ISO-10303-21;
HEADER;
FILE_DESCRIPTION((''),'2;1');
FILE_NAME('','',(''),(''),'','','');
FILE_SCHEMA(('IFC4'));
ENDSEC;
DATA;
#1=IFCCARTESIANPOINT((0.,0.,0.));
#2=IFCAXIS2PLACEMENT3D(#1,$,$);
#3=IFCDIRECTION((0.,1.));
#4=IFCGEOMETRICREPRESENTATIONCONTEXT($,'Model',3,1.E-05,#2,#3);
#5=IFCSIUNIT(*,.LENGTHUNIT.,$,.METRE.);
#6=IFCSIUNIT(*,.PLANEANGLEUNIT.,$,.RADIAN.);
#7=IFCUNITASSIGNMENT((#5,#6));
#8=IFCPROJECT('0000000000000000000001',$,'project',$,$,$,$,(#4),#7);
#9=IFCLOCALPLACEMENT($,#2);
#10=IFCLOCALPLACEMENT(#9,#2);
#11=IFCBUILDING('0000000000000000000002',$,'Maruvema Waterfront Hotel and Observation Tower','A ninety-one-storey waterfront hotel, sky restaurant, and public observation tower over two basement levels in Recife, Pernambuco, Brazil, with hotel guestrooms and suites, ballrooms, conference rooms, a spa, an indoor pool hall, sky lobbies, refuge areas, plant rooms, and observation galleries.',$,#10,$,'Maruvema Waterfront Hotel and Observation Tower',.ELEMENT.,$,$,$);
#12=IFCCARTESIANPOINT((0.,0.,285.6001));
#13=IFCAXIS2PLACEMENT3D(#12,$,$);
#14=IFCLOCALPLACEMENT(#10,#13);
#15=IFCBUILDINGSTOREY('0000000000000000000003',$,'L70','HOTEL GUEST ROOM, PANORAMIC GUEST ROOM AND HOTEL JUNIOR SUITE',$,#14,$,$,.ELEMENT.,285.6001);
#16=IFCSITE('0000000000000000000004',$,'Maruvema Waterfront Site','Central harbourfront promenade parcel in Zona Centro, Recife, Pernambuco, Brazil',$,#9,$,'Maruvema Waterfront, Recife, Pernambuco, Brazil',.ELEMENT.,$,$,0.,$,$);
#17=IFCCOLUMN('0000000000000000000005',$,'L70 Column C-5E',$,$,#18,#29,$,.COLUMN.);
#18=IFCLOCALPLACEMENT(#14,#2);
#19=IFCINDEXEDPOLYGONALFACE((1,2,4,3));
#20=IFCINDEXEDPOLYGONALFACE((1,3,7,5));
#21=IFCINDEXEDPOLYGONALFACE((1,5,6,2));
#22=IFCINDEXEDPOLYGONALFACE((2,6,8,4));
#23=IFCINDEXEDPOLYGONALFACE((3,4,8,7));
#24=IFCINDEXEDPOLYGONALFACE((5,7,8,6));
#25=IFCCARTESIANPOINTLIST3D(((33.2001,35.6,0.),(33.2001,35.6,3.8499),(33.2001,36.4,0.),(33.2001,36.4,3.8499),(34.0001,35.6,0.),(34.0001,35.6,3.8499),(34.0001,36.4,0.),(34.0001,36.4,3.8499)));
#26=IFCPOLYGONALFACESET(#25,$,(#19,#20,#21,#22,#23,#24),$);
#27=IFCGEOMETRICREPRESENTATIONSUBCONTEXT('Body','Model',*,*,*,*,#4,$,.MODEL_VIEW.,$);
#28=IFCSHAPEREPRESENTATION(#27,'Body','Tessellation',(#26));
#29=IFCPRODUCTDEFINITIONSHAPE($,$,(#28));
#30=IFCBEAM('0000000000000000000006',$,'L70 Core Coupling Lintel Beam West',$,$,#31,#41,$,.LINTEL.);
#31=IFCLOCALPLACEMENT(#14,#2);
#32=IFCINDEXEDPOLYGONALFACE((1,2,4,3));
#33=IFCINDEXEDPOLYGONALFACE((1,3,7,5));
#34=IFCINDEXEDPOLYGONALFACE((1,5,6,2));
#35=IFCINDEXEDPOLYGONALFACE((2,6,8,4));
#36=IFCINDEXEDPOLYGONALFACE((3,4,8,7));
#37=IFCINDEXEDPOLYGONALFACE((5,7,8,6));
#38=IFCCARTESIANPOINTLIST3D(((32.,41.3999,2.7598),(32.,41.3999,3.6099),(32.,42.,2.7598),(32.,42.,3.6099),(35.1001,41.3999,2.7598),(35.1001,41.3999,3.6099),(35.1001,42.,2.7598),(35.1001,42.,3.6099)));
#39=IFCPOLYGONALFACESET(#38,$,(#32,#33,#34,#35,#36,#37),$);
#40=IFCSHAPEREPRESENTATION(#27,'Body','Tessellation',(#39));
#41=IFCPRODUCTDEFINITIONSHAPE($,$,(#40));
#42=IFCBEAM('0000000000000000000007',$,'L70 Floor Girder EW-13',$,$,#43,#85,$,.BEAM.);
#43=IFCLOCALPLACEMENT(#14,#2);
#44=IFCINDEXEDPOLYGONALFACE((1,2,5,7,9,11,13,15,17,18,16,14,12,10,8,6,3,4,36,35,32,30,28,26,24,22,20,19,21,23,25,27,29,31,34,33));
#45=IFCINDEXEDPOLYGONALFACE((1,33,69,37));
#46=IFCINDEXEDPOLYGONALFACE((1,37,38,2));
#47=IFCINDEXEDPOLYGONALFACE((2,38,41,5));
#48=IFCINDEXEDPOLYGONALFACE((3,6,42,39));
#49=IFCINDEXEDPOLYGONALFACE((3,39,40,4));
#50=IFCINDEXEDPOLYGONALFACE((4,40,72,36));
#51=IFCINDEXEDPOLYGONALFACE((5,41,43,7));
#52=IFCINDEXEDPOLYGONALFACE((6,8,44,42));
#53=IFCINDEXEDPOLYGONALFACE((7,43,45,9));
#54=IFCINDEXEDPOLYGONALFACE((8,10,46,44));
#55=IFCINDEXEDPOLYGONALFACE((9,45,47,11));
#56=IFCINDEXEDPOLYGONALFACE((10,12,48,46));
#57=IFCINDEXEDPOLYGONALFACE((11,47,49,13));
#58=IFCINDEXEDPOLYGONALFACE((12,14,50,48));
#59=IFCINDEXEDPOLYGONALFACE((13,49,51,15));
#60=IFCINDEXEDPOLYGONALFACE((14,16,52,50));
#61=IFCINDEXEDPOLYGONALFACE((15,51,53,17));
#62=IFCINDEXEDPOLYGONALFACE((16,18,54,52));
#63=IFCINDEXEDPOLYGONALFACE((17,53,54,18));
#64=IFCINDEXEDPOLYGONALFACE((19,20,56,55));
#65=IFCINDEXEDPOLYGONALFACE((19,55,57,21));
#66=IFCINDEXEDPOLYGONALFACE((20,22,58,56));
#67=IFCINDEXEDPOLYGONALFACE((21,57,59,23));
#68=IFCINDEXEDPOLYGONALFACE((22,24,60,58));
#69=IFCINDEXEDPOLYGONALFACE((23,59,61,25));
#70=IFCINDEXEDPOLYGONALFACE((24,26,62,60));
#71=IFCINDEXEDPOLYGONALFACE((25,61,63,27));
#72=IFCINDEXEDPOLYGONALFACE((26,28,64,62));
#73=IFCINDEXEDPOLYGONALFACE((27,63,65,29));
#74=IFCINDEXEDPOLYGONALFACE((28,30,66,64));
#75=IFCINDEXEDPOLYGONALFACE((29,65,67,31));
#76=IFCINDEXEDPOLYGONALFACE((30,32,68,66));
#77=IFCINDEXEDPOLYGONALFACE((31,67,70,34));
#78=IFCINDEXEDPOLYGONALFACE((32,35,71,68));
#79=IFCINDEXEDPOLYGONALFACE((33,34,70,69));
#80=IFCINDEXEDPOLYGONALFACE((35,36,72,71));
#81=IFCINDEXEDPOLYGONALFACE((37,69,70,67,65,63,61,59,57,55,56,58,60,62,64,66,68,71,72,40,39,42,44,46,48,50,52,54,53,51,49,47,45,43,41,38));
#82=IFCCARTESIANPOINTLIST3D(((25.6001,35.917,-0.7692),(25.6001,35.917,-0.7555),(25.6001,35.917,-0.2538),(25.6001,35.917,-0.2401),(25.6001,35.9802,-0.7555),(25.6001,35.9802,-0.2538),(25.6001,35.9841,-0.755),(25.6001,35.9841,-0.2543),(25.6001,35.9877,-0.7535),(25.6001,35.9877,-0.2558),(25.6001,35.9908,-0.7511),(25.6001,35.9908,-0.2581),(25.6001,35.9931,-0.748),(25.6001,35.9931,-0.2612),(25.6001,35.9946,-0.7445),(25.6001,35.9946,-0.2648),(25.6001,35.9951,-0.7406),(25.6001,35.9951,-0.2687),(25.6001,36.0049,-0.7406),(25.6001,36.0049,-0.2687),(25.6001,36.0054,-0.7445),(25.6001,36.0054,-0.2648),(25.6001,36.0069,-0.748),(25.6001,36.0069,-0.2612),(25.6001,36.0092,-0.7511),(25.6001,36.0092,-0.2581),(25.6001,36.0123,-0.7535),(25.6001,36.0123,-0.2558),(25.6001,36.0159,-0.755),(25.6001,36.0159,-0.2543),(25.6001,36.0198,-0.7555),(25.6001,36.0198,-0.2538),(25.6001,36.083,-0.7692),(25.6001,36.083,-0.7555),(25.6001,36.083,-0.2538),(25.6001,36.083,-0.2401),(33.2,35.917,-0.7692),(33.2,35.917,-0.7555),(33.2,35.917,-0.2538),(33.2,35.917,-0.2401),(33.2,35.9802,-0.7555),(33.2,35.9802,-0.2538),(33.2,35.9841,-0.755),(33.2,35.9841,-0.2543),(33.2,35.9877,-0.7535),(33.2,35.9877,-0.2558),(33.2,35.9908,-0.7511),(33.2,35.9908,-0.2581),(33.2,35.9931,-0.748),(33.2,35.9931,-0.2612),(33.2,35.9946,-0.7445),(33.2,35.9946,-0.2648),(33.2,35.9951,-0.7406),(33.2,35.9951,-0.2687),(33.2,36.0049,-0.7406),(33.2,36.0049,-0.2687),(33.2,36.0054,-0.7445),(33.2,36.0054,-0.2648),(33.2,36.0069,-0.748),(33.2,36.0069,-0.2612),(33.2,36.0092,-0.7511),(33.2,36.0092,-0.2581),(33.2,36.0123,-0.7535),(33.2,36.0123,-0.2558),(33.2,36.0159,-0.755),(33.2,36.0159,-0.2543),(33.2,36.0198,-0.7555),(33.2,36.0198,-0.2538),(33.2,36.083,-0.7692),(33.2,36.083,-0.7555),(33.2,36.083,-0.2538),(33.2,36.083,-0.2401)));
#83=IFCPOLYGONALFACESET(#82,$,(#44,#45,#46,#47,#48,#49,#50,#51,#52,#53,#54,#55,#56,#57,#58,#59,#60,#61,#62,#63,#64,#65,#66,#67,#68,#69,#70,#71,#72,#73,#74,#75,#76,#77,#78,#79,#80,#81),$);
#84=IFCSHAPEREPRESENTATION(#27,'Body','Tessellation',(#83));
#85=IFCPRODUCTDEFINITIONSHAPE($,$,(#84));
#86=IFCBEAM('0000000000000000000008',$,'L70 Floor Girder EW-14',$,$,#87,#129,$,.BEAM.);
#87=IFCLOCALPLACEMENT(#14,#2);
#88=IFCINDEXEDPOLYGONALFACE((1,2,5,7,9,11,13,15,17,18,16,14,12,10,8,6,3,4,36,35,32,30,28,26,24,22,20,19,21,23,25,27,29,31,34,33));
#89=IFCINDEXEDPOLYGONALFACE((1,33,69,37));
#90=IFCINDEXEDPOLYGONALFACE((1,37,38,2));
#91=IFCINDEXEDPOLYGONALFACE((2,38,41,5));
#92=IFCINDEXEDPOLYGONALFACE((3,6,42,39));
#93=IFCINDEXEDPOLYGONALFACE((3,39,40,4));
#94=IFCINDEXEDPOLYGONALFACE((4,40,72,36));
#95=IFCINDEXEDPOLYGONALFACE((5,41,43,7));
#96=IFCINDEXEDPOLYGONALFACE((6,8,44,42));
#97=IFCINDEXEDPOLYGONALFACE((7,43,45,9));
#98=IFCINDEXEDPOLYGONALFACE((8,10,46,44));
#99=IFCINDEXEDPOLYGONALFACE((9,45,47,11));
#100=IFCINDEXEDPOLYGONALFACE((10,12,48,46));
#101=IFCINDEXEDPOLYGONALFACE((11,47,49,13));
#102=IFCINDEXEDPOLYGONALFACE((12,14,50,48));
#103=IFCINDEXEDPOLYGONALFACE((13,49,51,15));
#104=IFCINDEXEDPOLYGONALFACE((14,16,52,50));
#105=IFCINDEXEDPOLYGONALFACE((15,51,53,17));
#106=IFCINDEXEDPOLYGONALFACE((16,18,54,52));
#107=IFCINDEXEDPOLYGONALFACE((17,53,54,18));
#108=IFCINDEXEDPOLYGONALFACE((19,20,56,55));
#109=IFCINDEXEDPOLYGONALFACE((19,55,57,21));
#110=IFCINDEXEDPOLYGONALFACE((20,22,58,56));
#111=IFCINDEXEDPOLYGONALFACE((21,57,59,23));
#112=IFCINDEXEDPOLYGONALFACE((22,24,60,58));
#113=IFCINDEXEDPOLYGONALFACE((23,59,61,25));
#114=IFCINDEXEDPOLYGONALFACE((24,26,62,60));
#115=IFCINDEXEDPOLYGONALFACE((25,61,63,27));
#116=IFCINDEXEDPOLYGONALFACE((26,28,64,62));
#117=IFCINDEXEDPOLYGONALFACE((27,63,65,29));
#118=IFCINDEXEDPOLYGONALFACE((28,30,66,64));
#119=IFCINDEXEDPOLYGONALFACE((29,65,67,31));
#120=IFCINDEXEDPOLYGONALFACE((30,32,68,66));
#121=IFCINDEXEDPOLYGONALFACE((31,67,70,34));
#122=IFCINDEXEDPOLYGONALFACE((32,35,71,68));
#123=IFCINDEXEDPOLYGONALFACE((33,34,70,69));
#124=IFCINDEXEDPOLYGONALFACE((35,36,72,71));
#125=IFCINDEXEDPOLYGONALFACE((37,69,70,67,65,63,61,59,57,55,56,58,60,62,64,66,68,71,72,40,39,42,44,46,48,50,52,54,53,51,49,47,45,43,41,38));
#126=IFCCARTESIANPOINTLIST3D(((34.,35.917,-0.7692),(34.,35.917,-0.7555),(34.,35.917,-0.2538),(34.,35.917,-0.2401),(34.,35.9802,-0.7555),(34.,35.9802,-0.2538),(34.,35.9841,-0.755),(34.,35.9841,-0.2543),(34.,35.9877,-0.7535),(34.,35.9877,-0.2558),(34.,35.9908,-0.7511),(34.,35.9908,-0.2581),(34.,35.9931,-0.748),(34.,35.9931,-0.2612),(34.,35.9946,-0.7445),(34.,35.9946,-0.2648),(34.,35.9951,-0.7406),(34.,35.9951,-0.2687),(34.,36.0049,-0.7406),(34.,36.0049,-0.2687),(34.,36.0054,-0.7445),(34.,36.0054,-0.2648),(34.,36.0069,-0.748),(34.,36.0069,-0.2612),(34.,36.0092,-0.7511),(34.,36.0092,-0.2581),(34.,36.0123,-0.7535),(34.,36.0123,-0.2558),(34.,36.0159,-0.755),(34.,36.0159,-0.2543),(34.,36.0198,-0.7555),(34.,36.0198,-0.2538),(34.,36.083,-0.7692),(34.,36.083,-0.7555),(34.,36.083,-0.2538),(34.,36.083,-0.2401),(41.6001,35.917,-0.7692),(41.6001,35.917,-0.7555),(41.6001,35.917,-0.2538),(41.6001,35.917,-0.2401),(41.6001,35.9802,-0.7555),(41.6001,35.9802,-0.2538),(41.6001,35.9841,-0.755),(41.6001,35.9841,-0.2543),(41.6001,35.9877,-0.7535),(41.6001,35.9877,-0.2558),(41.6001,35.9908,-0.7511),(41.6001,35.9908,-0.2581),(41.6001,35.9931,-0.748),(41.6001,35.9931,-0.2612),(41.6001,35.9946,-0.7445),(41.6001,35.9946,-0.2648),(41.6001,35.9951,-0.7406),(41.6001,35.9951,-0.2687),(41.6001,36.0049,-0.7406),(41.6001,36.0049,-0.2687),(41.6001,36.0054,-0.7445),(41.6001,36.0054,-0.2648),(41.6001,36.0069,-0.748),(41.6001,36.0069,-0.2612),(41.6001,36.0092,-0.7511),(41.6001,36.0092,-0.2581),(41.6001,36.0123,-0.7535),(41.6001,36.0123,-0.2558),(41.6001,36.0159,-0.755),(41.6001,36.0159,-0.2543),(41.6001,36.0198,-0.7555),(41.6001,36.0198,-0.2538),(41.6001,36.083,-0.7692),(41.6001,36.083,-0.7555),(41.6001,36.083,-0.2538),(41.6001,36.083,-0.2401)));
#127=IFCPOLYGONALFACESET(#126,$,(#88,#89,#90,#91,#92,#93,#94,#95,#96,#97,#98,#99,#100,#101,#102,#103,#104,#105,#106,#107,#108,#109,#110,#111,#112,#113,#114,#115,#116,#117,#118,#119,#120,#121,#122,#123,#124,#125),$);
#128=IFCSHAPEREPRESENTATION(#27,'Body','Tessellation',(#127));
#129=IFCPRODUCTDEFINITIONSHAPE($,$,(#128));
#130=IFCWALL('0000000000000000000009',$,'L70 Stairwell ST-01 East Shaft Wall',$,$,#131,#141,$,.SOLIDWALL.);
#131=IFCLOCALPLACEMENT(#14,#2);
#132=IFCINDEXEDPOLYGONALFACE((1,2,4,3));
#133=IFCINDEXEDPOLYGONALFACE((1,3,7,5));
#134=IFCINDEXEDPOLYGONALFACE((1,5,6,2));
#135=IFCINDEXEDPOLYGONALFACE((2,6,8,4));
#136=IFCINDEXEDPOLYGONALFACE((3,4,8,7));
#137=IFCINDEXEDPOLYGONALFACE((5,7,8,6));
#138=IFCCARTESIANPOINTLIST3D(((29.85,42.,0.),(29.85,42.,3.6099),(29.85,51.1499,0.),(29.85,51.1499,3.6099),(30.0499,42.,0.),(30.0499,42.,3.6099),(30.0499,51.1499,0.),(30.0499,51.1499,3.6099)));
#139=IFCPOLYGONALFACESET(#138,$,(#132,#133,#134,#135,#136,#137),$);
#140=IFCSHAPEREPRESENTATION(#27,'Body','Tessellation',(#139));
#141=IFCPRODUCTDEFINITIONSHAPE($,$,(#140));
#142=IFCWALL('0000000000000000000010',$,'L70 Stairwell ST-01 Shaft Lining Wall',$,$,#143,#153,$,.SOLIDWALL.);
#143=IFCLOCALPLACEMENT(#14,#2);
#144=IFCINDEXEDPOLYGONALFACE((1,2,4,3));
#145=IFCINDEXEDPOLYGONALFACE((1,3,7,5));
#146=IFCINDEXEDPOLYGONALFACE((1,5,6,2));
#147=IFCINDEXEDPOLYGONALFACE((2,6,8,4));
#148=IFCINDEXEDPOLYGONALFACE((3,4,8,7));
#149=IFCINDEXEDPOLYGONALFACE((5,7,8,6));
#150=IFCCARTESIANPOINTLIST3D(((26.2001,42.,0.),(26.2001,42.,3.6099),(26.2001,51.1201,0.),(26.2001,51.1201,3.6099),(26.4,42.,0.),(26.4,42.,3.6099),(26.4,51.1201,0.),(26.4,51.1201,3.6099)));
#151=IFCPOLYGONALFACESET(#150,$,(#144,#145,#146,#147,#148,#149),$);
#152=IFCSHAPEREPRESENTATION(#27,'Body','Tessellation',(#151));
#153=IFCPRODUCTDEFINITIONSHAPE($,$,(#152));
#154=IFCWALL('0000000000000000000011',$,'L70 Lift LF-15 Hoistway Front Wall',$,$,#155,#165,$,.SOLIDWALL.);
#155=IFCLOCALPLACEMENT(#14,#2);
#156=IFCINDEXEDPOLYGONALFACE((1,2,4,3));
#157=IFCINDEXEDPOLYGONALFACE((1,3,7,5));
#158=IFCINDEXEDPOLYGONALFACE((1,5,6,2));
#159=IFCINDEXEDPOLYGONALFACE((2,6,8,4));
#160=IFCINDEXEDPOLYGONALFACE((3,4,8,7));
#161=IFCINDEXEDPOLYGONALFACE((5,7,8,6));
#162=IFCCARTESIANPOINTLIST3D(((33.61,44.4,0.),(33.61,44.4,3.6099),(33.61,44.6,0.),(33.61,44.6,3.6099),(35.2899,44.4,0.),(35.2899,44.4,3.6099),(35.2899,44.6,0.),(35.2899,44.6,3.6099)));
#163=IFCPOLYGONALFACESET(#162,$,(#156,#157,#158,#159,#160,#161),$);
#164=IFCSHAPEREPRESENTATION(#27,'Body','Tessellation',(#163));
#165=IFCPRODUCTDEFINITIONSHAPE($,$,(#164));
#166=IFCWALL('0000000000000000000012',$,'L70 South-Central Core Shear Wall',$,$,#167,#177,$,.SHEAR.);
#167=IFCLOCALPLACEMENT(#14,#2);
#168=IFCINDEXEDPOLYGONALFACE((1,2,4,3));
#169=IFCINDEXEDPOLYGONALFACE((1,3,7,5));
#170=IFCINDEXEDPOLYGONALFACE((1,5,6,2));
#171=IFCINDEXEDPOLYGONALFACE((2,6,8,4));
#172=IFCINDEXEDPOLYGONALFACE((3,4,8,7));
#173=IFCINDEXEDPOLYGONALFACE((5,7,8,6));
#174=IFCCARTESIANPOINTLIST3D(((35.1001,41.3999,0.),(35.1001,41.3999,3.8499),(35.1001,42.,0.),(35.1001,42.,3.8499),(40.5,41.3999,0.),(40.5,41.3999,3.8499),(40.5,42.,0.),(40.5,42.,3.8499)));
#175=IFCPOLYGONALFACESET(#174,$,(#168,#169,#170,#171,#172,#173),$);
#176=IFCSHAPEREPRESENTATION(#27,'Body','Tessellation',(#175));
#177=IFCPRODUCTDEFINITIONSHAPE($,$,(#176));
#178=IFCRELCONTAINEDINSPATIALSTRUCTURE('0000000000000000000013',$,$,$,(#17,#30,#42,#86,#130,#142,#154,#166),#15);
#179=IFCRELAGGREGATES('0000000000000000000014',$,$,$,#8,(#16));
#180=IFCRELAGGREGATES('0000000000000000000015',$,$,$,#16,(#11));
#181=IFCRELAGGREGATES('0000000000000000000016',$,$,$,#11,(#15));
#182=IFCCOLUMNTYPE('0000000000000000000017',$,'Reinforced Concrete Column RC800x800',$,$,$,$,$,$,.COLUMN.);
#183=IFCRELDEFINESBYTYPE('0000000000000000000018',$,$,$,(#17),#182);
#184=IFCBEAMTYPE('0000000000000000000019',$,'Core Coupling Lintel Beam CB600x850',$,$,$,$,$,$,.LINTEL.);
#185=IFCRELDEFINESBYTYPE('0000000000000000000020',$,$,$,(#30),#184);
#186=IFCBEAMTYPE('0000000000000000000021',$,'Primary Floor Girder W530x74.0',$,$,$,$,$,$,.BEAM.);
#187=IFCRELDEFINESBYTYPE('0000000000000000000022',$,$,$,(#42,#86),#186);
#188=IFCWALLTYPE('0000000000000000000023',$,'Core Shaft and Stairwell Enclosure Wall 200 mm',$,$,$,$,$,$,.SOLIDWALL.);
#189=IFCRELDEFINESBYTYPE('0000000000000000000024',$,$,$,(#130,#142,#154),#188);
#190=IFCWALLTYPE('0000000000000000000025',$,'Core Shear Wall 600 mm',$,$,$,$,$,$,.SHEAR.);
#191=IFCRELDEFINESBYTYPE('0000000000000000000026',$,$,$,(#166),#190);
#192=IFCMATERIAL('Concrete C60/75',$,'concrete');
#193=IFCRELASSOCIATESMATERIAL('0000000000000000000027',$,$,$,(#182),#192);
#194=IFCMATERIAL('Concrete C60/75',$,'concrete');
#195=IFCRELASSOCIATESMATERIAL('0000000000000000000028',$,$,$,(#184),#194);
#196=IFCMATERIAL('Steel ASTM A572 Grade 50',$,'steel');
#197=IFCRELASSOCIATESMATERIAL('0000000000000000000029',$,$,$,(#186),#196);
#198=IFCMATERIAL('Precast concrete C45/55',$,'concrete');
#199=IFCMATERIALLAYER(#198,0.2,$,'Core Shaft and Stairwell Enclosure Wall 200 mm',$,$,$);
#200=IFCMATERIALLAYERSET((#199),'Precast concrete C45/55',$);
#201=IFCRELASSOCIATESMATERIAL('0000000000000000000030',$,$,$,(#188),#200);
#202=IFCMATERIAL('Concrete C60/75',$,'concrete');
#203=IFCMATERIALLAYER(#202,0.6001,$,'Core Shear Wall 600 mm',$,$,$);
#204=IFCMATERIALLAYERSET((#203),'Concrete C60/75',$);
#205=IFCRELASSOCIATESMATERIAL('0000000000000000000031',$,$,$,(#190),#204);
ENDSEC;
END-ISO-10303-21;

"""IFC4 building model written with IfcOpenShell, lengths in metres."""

from ifc_helpers import new_model, si_unit, direction, frame, frame_2d, origin, origin_2d, place, context, subcontext, project, spatial, rectangle, i_section, extrude, material, layer, layer_set, material_profile, profile_set, type_object, element, save


model = new_model("IFC4")

# Units and contexts
model_context = context("Model", 3, precision=1e-05, world=origin(), true_north=direction((0.0, 1.0)))
body_context = subcontext(model_context, "Body", "Model", "MODEL_VIEW")
ifc_project = project(units=[si_unit("LENGTHUNIT", "METRE"), si_unit("PLANEANGLEUNIT", "RADIAN")], contexts=[model_context])

# Site, building, storey
site_placement = place(None, origin())
site = spatial("IfcSite", under=ifc_project, at=site_placement, Name="Maruvema Waterfront Site", Description="Central harbourfront promenade parcel in Zona Centro, Recife, Pernambuco, Brazil", LongName="Maruvema Waterfront, Recife, Pernambuco, Brazil", CompositionType="ELEMENT", RefElevation=0.0)
building_placement = place(site_placement, origin())
building = spatial("IfcBuilding", under=site, at=building_placement, Name="Maruvema Waterfront Hotel and Observation Tower", Description="A ninety-one-storey waterfront hotel, sky restaurant, and public observation tower over two basement levels in Recife, Pernambuco, Brazil, with hotel guestrooms and suites, ballrooms, conference rooms, a spa, an indoor pool hall, sky lobbies, refuge areas, plant rooms, and observation galleries.", LongName="Maruvema Waterfront Hotel and Observation Tower", CompositionType="ELEMENT")
storey_placement = place(building_placement, frame((0.0, 0.0, 285.6001)))
storey = spatial("IfcBuildingStorey", under=building, at=storey_placement, Name="L70", Description="HOTEL GUEST ROOM, PANORAMIC GUEST ROOM AND HOTEL JUNIOR SUITE", CompositionType="ELEMENT", Elevation=285.6001)

# Column
ifc_material_1 = material(Name="Concrete C60/75", Category="concrete")
ifc_material_profile_1 = material_profile(ifc_material_1, rectangle(XDim=0.8, YDim=0.8, at=origin_2d()), Name="RC800x800")
ifc_profile_set_1 = profile_set([ifc_material_profile_1], Name="Concrete C60/75")
column_type = type_object("IfcColumnType", Name="Reinforced Concrete Column RC800x800", PredefinedType="COLUMN", material=ifc_profile_set_1)
column_placement = place(storey_placement, frame((33.6001, 36.0, 0.0), z_axis=(0.0, 0.0, 1.0), x_axis=(1.0, 0.0, 0.0)))
element("IfcColumn", 1, at=column_placement, inside=storey, type_object=column_type, Name="L70 Column C-5E", PredefinedType="COLUMN", context=body_context, shape_type="SweptSolid", body=[
    extrude(rectangle(XDim=0.8, YDim=0.8, at=origin_2d()), origin(), (0.0, 0.0, 1.0), 3.8499),
])

# Beams
ifc_material_2 = material(Name="Concrete C60/75", Category="concrete")
ifc_material_profile_2 = material_profile(ifc_material_2, rectangle(XDim=0.6001, YDim=0.8501, at=origin_2d()), Name="CB600x850")
ifc_profile_set_2 = profile_set([ifc_material_profile_2], Name="Concrete C60/75")
beam_type_1 = type_object("IfcBeamType", Name="Core Coupling Lintel Beam CB600x850", PredefinedType="LINTEL", material=ifc_profile_set_2)
beam_1_placement = place(storey_placement, frame((32.0, 41.7, 3.1848), z_axis=(1.0, 0.0, 0.0), x_axis=(0.0, 1.0, 0.0)))
element("IfcBeam", 2, at=beam_1_placement, inside=storey, type_object=beam_type_1, Name="L70 Core Coupling Lintel Beam West", PredefinedType="LINTEL", context=body_context, shape_type="SweptSolid", body=[
    extrude(rectangle(XDim=0.6001, YDim=0.8501, at=origin_2d()), origin(), (0.0, 0.0, 1.0), 3.1001),
])
ifc_material_3 = material(Name="Steel ASTM A572 Grade 50", Category="steel")
ifc_material_profile_3 = material_profile(ifc_material_3, i_section(OverallWidth=0.166, OverallDepth=0.5291, WebThickness=0.0098, FlangeThickness=0.0137, FilletRadius=0.0149, at=origin_2d()), Name="W530x74.0")
ifc_profile_set_3 = profile_set([ifc_material_profile_3], Name="Steel ASTM A572 Grade 50")
beam_type_2 = type_object("IfcBeamType", Name="Primary Floor Girder W530x74.0", PredefinedType="BEAM", material=ifc_profile_set_3)
beam_2_placement = place(storey_placement, frame((25.6001, 36.0, -0.5046), z_axis=(1.0, 0.0, 0.0), x_axis=(0.0, 1.0, 0.0)))
element("IfcBeam", 3, at=beam_2_placement, inside=storey, type_object=beam_type_2, Name="L70 Floor Girder EW-13", PredefinedType="BEAM", context=body_context, shape_type="SweptSolid", body=[
    extrude(i_section(OverallWidth=0.166, OverallDepth=0.5291, WebThickness=0.0098, FlangeThickness=0.0137, FilletRadius=0.0149, at=origin_2d()), origin(), (0.0, 0.0, 1.0), 7.5999),
])
beam_3_placement = place(storey_placement, frame((34.0, 36.0, -0.5046), z_axis=(1.0, 0.0, 0.0), x_axis=(0.0, 1.0, 0.0)))
element("IfcBeam", 4, at=beam_3_placement, inside=storey, type_object=beam_type_2, Name="L70 Floor Girder EW-14", PredefinedType="BEAM", context=body_context, shape_type="SweptSolid", body=[
    extrude(i_section(OverallWidth=0.166, OverallDepth=0.5291, WebThickness=0.0098, FlangeThickness=0.0137, FilletRadius=0.0149, at=origin_2d()), origin(), (0.0, 0.0, 1.0), 7.6001),
])

# Walls
ifc_material_4 = material(Name="Precast concrete C45/55", Category="concrete")
ifc_layer_1 = layer(ifc_material_4, 0.2, Name="Core Shaft and Stairwell Enclosure Wall 200 mm")
ifc_layer_set_1 = layer_set([ifc_layer_1], Name="Precast concrete C45/55")
wall_type_1 = type_object("IfcWallType", Name="Core Shaft and Stairwell Enclosure Wall 200 mm", PredefinedType="SOLIDWALL", material=ifc_layer_set_1)
wall_1_placement = place(storey_placement, frame((29.95, 42.0, 0.0), z_axis=(0.0, 0.0, 1.0), x_axis=(0.0, 1.0, 0.0)))
element("IfcWall", 5, at=wall_1_placement, inside=storey, type_object=wall_type_1, Name="L70 Stairwell ST-01 East Shaft Wall", PredefinedType="SOLIDWALL", context=body_context, shape_type="SweptSolid", body=[
    extrude(rectangle(XDim=9.1499, YDim=0.2, at=frame_2d((4.575, 0.0))), origin(), (0.0, 0.0, 1.0), 3.6099),
])
wall_2_placement = place(storey_placement, frame((26.3, 42.0, 0.0), z_axis=(0.0, 0.0, 1.0), x_axis=(0.0, 1.0, 0.0)))
element("IfcWall", 6, at=wall_2_placement, inside=storey, type_object=wall_type_1, Name="L70 Stairwell ST-01 Shaft Lining Wall", PredefinedType="SOLIDWALL", context=body_context, shape_type="SweptSolid", body=[
    extrude(rectangle(XDim=9.1201, YDim=0.2, at=frame_2d((4.5601, 0.0))), origin(), (0.0, 0.0, 1.0), 3.6099),
])
wall_3_placement = place(storey_placement, frame((33.6101, 44.5, 0.0), z_axis=(0.0, 0.0, 1.0), x_axis=(1.0, 0.0, 0.0)))
element("IfcWall", 7, at=wall_3_placement, inside=storey, type_object=wall_type_1, Name="L70 Lift LF-15 Hoistway Front Wall", PredefinedType="SOLIDWALL", context=body_context, shape_type="SweptSolid", body=[
    extrude(rectangle(XDim=1.6799, YDim=0.2, at=frame_2d((0.8398, 0.0))), origin(), (0.0, 0.0, 1.0), 3.6099),
])
ifc_material_5 = material(Name="Concrete C60/75", Category="concrete")
ifc_layer_2 = layer(ifc_material_5, 0.6001, Name="Core Shear Wall 600 mm")
ifc_layer_set_2 = layer_set([ifc_layer_2], Name="Concrete C60/75")
wall_type_2 = type_object("IfcWallType", Name="Core Shear Wall 600 mm", PredefinedType="SHEAR", material=ifc_layer_set_2)
wall_4_placement = place(storey_placement, frame((35.1001, 41.7, 0.0), z_axis=(0.0, 0.0, 1.0), x_axis=(1.0, 0.0, 0.0)))
element("IfcWall", 8, at=wall_4_placement, inside=storey, type_object=wall_type_2, Name="L70 South-Central Core Shear Wall", PredefinedType="SHEAR", context=body_context, shape_type="SweptSolid", body=[
    extrude(rectangle(XDim=5.3999, YDim=0.6001, at=frame_2d((2.7, 0.0))), origin(), (0.0, 0.0, 1.0), 3.8499),
])

save(model, "model.ifc")
